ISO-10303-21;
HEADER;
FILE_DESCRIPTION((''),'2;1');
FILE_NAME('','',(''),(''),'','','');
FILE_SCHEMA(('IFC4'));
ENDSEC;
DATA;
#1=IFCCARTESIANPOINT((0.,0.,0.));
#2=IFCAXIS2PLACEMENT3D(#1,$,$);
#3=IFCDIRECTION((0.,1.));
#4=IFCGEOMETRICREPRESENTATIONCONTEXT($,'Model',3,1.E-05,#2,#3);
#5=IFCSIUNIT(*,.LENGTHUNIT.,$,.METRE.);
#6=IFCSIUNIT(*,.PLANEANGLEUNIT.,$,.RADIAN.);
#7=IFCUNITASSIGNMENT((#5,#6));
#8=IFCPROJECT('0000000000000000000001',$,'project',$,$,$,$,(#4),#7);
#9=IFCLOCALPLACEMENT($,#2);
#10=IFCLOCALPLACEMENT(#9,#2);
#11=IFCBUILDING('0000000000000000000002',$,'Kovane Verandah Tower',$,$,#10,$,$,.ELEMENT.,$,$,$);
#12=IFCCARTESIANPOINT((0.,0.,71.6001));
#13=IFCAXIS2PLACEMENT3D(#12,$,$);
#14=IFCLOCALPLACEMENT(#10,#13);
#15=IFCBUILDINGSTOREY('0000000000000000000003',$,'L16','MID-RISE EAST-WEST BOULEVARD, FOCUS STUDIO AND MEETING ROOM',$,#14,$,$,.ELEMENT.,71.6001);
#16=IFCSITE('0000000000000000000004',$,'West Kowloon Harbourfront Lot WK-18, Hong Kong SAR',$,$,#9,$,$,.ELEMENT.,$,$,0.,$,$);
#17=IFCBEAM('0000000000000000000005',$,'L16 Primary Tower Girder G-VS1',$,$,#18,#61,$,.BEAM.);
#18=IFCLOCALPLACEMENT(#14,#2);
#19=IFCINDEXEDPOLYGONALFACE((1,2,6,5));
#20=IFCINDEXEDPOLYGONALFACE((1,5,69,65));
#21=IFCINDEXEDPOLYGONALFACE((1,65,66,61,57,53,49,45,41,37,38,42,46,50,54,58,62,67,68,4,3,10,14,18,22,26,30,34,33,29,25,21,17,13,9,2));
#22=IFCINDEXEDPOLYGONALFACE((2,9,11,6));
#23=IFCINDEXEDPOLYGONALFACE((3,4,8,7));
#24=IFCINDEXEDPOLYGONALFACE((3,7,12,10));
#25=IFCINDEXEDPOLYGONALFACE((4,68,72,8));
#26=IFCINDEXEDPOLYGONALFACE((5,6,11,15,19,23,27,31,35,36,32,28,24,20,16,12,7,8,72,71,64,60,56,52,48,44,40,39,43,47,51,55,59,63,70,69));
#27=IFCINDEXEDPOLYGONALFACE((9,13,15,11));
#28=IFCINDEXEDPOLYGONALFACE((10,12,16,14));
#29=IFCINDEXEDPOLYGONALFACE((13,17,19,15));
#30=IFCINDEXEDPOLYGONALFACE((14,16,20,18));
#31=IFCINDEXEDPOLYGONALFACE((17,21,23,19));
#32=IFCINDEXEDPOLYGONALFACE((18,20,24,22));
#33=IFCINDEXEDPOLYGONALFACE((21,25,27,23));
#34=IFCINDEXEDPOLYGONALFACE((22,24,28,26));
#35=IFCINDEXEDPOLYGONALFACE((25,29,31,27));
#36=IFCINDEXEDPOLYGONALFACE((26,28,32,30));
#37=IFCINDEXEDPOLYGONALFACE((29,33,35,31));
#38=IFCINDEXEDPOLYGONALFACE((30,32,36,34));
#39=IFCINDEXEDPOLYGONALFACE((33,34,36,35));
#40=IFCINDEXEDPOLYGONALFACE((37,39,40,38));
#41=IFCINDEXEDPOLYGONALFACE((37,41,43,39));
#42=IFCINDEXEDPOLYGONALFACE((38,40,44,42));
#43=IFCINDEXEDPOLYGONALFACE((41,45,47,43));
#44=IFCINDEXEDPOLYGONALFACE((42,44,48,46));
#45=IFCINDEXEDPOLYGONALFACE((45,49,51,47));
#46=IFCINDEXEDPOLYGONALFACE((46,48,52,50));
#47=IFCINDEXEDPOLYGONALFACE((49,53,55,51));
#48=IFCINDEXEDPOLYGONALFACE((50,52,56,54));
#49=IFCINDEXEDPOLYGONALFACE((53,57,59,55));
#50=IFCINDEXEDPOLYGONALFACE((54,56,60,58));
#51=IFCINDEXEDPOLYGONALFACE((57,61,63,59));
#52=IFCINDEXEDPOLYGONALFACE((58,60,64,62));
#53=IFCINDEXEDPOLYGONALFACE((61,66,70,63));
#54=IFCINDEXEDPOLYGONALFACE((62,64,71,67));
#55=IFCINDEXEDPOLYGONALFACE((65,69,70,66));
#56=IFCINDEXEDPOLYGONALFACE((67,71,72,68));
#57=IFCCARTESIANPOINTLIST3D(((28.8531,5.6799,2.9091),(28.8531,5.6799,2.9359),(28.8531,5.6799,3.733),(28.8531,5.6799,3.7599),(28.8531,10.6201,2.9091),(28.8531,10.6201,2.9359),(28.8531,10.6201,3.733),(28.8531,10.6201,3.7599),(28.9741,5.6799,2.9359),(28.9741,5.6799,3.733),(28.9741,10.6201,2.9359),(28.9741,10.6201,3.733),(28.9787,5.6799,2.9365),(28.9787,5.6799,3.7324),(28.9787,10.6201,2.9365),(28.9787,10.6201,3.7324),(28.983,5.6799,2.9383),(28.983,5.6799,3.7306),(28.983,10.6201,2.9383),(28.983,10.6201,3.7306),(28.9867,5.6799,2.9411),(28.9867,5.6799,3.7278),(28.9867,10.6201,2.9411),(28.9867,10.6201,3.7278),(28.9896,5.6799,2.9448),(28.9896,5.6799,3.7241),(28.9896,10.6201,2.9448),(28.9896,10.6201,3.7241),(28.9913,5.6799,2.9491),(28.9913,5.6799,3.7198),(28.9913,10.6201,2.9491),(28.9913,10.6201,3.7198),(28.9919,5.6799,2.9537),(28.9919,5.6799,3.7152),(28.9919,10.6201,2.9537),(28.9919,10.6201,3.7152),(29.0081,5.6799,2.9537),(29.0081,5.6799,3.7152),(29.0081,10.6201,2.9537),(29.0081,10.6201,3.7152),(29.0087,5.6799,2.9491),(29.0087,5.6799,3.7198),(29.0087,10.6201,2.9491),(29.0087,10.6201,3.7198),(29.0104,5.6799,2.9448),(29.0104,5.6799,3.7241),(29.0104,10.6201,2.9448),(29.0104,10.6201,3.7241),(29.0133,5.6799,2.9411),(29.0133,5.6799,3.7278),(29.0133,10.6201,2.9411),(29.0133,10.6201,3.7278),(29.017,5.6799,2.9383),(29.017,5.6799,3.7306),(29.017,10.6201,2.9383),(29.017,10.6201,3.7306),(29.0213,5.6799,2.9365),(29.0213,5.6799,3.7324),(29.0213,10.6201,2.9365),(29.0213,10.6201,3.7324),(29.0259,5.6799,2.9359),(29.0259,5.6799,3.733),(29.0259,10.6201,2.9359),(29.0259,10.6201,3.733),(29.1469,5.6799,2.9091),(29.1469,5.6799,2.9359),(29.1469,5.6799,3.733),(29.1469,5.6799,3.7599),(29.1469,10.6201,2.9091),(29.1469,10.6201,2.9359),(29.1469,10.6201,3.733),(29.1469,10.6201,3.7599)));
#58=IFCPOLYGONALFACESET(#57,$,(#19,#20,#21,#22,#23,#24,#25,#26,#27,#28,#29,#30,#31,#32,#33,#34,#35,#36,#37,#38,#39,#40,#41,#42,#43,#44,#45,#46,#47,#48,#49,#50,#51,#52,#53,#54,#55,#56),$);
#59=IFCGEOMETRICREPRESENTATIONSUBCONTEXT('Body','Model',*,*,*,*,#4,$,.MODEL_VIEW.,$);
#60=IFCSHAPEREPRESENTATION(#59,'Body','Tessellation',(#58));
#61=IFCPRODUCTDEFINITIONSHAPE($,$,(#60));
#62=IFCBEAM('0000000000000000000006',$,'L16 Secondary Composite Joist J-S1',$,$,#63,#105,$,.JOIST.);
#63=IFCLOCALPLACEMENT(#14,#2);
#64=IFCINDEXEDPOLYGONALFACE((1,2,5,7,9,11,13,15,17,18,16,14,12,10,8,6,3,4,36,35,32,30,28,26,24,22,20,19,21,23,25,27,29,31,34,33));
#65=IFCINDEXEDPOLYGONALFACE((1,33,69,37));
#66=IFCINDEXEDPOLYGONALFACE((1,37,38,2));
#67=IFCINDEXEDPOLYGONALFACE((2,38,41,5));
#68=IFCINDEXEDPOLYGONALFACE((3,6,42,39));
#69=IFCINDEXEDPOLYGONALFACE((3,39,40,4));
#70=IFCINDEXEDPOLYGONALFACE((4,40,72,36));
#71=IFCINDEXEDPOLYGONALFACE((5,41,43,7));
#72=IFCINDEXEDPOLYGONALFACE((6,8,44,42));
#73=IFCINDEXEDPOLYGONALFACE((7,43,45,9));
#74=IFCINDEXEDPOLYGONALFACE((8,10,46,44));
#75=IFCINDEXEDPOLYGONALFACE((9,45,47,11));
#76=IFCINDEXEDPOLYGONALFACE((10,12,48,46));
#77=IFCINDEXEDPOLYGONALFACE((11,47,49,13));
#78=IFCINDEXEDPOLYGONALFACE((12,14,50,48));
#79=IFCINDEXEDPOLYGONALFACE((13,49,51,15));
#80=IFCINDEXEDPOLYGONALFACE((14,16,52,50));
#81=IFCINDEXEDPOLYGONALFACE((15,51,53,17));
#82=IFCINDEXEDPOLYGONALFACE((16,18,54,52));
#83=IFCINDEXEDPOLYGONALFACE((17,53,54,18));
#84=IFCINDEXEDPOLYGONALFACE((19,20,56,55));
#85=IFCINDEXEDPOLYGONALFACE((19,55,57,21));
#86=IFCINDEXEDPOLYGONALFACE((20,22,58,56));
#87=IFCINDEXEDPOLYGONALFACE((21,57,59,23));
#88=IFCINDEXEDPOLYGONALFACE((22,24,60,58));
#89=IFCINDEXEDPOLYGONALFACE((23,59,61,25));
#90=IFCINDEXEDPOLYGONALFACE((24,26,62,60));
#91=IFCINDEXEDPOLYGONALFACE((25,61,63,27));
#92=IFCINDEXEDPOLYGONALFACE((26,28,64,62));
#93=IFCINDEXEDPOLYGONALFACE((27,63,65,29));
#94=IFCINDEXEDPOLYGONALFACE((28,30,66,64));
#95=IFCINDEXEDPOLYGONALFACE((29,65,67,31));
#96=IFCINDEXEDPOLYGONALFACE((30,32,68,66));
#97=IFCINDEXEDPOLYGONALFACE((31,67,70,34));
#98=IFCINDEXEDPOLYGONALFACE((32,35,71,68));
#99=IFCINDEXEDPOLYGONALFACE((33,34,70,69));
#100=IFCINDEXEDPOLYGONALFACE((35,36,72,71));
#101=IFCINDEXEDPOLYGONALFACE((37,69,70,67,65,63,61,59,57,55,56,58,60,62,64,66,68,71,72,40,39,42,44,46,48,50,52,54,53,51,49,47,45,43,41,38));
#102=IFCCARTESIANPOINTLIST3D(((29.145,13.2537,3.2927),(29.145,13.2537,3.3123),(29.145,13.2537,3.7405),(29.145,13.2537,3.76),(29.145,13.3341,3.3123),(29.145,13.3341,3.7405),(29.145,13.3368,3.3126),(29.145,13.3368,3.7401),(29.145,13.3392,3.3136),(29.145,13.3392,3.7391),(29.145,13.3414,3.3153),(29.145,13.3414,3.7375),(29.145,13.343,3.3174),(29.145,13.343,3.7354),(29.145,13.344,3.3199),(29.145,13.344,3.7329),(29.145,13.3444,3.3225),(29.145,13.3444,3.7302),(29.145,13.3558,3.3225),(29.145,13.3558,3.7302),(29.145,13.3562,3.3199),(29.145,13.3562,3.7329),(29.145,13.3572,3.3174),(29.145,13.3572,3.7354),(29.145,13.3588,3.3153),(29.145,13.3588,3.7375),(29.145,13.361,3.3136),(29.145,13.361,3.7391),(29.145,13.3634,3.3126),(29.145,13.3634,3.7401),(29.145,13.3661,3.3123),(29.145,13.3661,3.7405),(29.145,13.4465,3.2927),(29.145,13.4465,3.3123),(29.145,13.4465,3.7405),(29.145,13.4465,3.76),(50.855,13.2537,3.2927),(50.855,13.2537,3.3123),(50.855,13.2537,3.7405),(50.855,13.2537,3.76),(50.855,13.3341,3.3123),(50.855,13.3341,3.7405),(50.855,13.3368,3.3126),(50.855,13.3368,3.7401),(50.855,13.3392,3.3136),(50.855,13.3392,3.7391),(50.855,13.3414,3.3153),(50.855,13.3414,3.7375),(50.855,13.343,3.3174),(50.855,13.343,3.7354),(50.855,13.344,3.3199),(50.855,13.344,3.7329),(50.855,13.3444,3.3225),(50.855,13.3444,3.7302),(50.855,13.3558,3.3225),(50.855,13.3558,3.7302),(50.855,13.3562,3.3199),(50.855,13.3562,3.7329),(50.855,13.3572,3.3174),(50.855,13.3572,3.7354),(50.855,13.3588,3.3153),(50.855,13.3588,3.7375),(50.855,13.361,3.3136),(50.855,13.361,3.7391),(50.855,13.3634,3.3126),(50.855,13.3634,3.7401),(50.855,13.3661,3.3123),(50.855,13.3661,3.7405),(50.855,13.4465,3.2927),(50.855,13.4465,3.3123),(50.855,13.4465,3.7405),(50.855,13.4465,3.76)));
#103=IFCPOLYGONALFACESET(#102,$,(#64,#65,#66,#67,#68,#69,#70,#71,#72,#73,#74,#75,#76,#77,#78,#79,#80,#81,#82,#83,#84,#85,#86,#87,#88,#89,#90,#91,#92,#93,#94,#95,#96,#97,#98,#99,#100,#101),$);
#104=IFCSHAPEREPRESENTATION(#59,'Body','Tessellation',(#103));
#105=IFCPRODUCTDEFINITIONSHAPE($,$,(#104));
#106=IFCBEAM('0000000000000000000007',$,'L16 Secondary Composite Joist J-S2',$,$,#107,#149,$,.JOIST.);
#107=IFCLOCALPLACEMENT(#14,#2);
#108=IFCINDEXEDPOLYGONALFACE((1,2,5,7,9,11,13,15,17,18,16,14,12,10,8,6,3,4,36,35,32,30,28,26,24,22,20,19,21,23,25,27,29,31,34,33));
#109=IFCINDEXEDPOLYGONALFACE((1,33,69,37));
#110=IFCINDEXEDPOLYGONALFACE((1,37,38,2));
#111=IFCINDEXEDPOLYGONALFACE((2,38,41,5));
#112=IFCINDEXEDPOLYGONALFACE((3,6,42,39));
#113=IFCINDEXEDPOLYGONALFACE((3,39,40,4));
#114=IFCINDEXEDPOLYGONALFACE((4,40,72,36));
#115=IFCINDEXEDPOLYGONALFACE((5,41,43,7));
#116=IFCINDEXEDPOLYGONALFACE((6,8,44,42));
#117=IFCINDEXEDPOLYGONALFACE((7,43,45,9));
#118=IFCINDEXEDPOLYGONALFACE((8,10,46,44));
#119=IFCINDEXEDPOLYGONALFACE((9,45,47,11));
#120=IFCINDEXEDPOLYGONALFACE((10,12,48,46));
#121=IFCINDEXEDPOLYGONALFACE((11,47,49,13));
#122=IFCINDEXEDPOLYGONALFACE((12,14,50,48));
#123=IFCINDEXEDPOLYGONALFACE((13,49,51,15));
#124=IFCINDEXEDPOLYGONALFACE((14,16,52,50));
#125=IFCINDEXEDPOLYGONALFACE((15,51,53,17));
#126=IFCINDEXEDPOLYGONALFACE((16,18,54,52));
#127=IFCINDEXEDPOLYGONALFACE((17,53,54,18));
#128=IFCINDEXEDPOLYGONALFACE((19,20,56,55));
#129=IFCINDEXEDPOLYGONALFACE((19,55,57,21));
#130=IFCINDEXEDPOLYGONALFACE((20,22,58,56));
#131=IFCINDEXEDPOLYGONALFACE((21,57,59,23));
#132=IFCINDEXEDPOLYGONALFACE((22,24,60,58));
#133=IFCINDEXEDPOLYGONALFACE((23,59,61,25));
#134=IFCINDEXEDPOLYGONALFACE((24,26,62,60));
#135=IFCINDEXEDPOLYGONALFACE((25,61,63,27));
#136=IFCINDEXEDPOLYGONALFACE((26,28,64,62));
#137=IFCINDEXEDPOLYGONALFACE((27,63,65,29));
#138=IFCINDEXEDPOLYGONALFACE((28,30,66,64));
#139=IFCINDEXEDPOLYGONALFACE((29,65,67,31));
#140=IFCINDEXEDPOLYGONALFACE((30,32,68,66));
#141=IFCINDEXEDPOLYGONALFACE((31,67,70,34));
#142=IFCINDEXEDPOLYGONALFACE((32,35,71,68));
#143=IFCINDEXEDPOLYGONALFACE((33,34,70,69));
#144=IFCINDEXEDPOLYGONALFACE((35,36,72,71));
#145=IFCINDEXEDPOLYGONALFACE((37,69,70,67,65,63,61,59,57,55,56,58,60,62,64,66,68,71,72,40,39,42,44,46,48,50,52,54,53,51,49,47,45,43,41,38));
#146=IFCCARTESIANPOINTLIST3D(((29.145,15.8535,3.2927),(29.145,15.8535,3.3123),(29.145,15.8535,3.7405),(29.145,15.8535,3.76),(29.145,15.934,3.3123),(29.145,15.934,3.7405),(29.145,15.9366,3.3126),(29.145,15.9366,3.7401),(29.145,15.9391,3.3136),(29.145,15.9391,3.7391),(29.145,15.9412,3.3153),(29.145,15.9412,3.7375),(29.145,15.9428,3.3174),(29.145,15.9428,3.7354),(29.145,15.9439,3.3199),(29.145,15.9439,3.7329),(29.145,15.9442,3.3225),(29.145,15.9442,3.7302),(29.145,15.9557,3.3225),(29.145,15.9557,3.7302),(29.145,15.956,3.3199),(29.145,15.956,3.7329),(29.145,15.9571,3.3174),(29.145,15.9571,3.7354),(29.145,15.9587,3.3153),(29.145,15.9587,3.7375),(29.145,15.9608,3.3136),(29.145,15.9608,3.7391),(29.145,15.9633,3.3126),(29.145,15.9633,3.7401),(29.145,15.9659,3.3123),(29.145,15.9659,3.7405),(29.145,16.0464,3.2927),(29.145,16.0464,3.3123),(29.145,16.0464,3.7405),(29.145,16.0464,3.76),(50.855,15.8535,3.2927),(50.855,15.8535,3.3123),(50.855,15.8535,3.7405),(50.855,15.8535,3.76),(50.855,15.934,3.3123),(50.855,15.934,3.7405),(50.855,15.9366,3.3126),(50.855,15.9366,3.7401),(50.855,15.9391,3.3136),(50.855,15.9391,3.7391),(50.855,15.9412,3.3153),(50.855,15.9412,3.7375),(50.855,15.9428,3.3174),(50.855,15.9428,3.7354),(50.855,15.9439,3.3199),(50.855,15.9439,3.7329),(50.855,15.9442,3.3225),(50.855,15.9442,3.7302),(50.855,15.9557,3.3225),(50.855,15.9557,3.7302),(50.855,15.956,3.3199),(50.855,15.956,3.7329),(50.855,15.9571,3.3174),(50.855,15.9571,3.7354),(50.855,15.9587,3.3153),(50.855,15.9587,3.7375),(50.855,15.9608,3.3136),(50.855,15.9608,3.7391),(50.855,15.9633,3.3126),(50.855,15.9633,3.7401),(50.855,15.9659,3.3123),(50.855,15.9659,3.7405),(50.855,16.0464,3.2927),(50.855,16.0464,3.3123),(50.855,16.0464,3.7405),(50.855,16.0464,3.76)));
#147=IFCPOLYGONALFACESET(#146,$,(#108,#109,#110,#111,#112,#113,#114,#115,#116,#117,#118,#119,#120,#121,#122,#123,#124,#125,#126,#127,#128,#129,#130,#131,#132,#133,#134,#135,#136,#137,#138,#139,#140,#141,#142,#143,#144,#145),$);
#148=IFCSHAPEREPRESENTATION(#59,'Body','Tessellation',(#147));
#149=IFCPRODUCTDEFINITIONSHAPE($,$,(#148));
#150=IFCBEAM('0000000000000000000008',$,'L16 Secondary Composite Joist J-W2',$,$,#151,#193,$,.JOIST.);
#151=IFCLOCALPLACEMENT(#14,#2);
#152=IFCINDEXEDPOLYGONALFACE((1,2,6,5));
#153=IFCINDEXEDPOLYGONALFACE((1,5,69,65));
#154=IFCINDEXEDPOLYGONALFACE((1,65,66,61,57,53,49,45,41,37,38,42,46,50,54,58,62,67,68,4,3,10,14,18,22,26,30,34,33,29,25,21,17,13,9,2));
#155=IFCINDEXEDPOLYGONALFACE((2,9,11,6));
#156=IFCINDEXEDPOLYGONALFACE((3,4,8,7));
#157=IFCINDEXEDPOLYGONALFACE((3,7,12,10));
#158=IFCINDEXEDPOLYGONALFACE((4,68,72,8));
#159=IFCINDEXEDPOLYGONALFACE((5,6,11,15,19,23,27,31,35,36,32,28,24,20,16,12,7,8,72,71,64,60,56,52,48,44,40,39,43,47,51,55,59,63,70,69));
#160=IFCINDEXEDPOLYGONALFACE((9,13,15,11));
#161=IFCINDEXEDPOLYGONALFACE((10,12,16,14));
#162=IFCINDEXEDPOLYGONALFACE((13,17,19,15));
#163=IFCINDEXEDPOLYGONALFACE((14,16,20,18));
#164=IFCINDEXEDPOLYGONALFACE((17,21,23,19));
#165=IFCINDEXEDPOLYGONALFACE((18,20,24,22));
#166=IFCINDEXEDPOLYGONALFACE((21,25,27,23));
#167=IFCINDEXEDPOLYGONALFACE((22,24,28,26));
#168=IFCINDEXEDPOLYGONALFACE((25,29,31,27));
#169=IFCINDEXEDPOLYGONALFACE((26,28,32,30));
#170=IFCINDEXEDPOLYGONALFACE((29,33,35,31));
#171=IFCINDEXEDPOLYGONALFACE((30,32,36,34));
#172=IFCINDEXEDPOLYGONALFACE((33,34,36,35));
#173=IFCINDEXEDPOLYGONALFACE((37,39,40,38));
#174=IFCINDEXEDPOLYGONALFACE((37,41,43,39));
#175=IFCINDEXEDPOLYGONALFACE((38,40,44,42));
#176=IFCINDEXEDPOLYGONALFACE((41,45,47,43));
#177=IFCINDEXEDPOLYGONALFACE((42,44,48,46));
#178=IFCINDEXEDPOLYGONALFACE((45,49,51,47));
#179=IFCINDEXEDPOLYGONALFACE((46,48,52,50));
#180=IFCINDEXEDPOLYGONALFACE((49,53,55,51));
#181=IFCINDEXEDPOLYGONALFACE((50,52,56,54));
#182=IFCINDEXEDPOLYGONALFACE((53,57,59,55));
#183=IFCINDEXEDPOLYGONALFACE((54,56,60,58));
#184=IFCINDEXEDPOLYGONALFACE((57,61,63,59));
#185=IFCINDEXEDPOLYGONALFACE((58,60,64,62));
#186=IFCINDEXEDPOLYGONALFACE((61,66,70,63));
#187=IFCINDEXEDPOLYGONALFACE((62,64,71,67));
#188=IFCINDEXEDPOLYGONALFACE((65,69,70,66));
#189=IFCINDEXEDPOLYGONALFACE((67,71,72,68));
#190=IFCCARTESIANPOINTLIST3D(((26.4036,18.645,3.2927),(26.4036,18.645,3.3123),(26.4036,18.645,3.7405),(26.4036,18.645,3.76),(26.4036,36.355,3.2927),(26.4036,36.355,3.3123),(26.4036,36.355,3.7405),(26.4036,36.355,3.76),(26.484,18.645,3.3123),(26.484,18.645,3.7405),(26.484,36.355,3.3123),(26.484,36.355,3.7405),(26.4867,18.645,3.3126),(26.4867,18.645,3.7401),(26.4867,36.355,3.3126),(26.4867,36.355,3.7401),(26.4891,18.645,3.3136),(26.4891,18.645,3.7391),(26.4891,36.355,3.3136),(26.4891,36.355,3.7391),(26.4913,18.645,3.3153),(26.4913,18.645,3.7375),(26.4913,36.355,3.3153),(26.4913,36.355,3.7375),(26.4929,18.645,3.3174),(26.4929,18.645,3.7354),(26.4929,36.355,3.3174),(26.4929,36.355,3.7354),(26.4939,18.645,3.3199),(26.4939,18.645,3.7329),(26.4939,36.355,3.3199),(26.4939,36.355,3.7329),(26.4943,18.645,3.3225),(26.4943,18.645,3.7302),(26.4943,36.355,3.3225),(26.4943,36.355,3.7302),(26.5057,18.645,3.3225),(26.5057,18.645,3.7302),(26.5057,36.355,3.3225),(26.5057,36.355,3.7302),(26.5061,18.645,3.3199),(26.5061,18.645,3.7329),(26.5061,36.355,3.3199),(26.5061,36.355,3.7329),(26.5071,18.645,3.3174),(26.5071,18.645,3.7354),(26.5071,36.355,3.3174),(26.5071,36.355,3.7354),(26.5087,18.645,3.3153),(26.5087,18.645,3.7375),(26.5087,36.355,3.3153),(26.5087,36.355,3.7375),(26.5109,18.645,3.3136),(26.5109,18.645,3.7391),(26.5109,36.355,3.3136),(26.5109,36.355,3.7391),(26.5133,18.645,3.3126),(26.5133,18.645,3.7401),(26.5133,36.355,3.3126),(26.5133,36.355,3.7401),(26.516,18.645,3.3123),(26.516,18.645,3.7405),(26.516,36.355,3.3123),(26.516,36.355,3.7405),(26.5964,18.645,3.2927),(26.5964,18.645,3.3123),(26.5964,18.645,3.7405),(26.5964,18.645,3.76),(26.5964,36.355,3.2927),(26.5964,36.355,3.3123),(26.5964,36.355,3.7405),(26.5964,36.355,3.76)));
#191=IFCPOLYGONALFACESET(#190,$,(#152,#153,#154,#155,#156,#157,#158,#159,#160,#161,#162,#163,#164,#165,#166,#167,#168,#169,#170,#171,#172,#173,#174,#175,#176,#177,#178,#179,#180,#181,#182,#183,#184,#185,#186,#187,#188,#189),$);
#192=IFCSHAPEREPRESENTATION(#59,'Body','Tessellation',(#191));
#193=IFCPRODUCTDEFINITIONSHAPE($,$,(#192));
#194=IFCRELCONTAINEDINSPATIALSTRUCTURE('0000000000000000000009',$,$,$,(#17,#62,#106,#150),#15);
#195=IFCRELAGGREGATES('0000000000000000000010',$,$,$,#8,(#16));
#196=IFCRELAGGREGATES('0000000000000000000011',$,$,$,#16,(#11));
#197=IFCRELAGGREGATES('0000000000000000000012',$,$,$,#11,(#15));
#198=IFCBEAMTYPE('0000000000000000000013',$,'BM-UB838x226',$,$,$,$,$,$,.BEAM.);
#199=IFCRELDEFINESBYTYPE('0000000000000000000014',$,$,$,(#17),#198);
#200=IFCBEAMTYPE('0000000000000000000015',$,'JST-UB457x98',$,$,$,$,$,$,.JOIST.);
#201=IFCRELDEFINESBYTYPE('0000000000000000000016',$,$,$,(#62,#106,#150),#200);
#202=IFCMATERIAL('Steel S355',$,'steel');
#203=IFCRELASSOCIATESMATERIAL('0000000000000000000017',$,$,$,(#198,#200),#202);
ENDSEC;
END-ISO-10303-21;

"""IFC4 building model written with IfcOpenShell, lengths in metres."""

from ifc_helpers import new_model, si_unit, direction, frame, origin, origin_2d, place, context, subcontext, project, spatial, i_section, extrude, material, material_profile, profile_set, type_object, element, save


model = new_model("IFC4")

# Units and contexts
model_context = context("Model", 3, precision=1e-05, world=origin(), true_north=direction((0.0, 1.0)))
body_context = subcontext(model_context, "Body", "Model", "MODEL_VIEW")
ifc_project = project(units=[si_unit("LENGTHUNIT", "METRE"), si_unit("PLANEANGLEUNIT", "RADIAN")], contexts=[model_context])

# Site, building, storey
site_placement = place(None, origin())
site = spatial("IfcSite", under=ifc_project, at=site_placement, Name="West Kowloon Harbourfront Lot WK-18, Hong Kong SAR", CompositionType="ELEMENT", RefElevation=0.0)
building_placement = place(site_placement, origin())
building = spatial("IfcBuilding", under=site, at=building_placement, Name="Kovane Verandah Tower", CompositionType="ELEMENT")
storey_placement = place(building_placement, frame((0.0, 0.0, 71.6001)))
storey = spatial("IfcBuildingStorey", under=building, at=storey_placement, Name="L16", Description="MID-RISE EAST-WEST BOULEVARD, FOCUS STUDIO AND MEETING ROOM", CompositionType="ELEMENT", Elevation=71.6001)

# Beams
ifc_material_1 = material(Name="Steel S355", Category="steel")
ifc_material_profile_1 = material_profile(ifc_material_1, i_section(OverallWidth=0.2937, OverallDepth=0.8508, WebThickness=0.0161, FlangeThickness=0.0269, FilletRadius=0.0178, at=origin_2d()), Name="UB838x292x226")
ifc_profile_set_1 = profile_set([ifc_material_profile_1], Name="Steel S355")
beam_type_1 = type_object("IfcBeamType", Name="BM-UB838x226", PredefinedType="BEAM", material=ifc_profile_set_1)
beam_1_placement = place(storey_placement, frame((29.0, 10.6201, 3.3345), z_axis=(0.0, -1.0, 0.0), x_axis=(1.0, 0.0, 0.0)))
element("IfcBeam", 1, at=beam_1_placement, inside=storey, type_object=beam_type_1, Name="L16 Primary Tower Girder G-VS1", PredefinedType="BEAM", context=body_context, shape_type="SweptSolid", body=[
    extrude(i_section(OverallWidth=0.2937, OverallDepth=0.8508, WebThickness=0.0161, FlangeThickness=0.0269, FilletRadius=0.0178, at=origin_2d()), origin(), (0.0, 0.0, 1.0), 4.9402),
])
ifc_material_profile_2 = material_profile(ifc_material_1, i_section(OverallWidth=0.1929, OverallDepth=0.4673, WebThickness=0.0115, FlangeThickness=0.0195, FilletRadius=0.0103, at=origin_2d()), Name="UB457x191x98")
ifc_profile_set_2 = profile_set([ifc_material_profile_2], Name="Steel S355")
beam_type_2 = type_object("IfcBeamType", Name="JST-UB457x98", PredefinedType="JOIST", material=ifc_profile_set_2)
for number, where, z_axis, x_axis, name in (
    (2, (29.145, 13.3501, 3.5264), (1.0, 0.0, 0.0), (0.0, 1.0, 0.0), "L16 Secondary Composite Joist J-S1"),
    (3, (29.145, 15.95, 3.5264), (1.0, 0.0, 0.0), (0.0, 1.0, 0.0), "L16 Secondary Composite Joist J-S2"),
):
    element("IfcBeam", number, at=place(storey_placement, frame(where, z_axis=z_axis, x_axis=x_axis)), inside=storey, type_object=beam_type_2, Name=name, PredefinedType="JOIST", context=body_context, shape_type="SweptSolid", body=[
        extrude(i_section(OverallWidth=0.1929, OverallDepth=0.4673, WebThickness=0.0115, FlangeThickness=0.0195, FilletRadius=0.0103, at=origin_2d()), origin(), (0.0, 0.0, 1.0), 21.71),
    ])
beam_2_placement = place(storey_placement, frame((26.5, 18.645, 3.5264), z_axis=(0.0, 1.0, 0.0), x_axis=(-1.0, 0.0, 0.0)))
element("IfcBeam", 4, at=beam_2_placement, inside=storey, type_object=beam_type_2, Name="L16 Secondary Composite Joist J-W2", PredefinedType="JOIST", context=body_context, shape_type="SweptSolid", body=[
    extrude(i_section(OverallWidth=0.1929, OverallDepth=0.4673, WebThickness=0.0115, FlangeThickness=0.0195, FilletRadius=0.0103, at=origin_2d()), origin(), (0.0, 0.0, 1.0), 17.71),
])

save(model, "model.ifc")
